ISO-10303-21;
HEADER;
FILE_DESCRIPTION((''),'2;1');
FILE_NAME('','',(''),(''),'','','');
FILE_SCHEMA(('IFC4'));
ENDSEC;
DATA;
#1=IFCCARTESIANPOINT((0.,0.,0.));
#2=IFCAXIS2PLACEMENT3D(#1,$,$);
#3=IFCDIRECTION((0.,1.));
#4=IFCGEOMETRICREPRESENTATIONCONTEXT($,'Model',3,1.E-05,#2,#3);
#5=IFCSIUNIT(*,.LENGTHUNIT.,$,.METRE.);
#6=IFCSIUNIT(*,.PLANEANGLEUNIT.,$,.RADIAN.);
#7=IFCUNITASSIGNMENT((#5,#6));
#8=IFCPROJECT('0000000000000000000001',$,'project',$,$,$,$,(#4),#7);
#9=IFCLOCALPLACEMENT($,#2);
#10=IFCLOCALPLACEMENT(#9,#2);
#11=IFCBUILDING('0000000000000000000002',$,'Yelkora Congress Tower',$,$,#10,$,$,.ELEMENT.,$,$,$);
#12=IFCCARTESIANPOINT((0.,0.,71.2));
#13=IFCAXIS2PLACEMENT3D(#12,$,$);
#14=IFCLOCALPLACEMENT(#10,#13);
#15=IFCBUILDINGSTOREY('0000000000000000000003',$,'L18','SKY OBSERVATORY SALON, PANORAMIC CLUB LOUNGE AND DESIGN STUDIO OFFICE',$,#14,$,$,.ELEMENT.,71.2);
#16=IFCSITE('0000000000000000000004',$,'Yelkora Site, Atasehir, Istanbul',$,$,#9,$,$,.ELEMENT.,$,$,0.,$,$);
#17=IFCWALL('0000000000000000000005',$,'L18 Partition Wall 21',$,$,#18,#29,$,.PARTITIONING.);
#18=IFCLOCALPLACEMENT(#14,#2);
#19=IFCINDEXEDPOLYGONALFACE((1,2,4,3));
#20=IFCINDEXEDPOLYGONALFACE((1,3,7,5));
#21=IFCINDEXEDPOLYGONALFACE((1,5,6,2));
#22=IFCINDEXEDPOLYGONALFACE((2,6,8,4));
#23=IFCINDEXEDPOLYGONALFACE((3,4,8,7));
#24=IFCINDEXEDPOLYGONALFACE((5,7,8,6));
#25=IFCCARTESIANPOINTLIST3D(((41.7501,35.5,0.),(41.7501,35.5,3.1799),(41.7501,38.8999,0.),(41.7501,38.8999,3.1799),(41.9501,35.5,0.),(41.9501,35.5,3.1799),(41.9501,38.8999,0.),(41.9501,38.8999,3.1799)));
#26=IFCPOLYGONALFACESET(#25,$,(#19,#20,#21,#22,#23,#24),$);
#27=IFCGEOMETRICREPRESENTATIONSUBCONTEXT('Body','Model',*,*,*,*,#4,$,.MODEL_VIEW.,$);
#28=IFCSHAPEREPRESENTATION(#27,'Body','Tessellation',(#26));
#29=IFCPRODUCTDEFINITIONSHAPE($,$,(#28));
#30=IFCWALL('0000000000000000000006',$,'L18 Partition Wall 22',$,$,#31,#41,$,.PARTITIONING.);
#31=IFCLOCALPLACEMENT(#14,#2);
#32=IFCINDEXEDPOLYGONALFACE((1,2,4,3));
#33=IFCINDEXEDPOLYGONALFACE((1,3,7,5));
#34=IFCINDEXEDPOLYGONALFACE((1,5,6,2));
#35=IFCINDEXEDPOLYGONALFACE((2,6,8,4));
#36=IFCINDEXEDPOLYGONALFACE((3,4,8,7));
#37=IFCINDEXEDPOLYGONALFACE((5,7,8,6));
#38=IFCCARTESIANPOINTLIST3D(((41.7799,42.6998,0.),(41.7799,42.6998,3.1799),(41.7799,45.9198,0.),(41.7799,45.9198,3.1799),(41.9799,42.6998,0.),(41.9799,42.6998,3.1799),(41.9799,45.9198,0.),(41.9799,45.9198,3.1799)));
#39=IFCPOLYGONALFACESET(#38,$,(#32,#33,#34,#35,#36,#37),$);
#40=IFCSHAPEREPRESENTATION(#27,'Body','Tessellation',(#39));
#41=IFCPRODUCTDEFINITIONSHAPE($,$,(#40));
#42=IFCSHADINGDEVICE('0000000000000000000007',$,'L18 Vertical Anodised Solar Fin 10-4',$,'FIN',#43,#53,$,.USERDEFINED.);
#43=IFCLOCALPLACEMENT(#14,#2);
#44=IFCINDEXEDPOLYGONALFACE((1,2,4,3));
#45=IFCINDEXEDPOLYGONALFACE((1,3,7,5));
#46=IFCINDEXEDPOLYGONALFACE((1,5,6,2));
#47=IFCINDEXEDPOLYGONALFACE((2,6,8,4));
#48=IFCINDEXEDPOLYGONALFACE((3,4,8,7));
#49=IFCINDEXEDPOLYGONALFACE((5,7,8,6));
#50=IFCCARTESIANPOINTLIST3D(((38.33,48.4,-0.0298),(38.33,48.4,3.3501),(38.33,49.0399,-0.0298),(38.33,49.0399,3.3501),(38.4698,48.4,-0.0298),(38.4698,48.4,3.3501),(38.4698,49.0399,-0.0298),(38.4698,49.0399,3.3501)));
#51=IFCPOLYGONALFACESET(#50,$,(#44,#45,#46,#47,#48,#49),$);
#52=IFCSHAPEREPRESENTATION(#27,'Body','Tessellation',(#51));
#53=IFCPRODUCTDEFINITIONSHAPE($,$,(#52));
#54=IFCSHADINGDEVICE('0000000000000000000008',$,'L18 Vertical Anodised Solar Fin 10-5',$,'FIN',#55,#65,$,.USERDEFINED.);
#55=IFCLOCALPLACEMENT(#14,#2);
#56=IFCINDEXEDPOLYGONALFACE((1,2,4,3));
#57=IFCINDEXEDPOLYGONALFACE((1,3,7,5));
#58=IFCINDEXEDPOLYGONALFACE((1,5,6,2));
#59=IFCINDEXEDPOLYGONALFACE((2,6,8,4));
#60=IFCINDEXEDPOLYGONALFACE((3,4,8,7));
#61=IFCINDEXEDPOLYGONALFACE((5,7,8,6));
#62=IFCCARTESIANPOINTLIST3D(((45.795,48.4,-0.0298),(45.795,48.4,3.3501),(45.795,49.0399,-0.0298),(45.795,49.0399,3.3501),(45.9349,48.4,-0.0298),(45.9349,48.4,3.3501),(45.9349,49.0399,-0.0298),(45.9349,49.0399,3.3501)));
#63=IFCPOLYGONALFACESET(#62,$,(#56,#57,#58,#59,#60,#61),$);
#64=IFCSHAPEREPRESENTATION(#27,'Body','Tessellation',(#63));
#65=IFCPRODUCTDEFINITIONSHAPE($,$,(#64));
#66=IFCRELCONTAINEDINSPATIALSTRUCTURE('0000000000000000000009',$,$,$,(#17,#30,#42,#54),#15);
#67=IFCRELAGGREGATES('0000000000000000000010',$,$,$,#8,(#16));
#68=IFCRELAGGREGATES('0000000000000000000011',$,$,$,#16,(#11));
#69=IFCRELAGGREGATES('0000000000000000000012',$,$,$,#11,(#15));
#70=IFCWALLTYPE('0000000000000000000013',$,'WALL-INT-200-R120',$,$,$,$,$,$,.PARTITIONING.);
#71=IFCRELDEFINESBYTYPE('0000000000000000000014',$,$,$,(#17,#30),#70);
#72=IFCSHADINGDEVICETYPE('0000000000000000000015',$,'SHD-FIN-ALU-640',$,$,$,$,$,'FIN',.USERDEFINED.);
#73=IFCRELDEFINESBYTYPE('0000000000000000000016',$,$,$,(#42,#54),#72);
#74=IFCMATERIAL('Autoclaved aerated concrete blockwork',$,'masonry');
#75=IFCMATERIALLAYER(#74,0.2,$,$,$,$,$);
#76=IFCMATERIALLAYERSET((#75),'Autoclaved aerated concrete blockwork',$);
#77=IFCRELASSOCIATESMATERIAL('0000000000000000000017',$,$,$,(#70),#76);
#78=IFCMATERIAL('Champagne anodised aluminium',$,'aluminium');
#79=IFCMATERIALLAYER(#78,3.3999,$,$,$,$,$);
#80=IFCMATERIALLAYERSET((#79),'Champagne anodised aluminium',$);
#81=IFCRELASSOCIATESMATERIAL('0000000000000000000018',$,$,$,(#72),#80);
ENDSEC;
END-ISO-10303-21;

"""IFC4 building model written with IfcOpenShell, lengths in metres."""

from ifc_helpers import new_model, si_unit, direction, frame, frame_2d, origin, origin_2d, place, context, subcontext, project, spatial, rectangle, extrude, material, layer, layer_set, type_object, element, save


model = new_model("IFC4")

# Units and contexts
model_context = context("Model", 3, precision=1e-05, world=origin(), true_north=direction((0.0, 1.0)))
body_context = subcontext(model_context, "Body", "Model", "MODEL_VIEW")
ifc_project = project(units=[si_unit("LENGTHUNIT", "METRE"), si_unit("PLANEANGLEUNIT", "RADIAN")], contexts=[model_context])

# Site, building, storey
site_placement = place(None, origin())
site = spatial("IfcSite", under=ifc_project, at=site_placement, Name="Yelkora Site, Atasehir, Istanbul", CompositionType="ELEMENT", RefElevation=0.0)
building_placement = place(site_placement, origin())
building = spatial("IfcBuilding", under=site, at=building_placement, Name="Yelkora Congress Tower", CompositionType="ELEMENT")
storey_placement = place(building_placement, frame((0.0, 0.0, 71.2)))
storey = spatial("IfcBuildingStorey", under=building, at=storey_placement, Name="L18", Description="SKY OBSERVATORY SALON, PANORAMIC CLUB LOUNGE AND DESIGN STUDIO OFFICE", CompositionType="ELEMENT", Elevation=71.2)

# Walls
ifc_material_1 = material(Name="Autoclaved aerated concrete blockwork", Category="masonry")
ifc_layer_1 = layer(ifc_material_1, 0.2)
ifc_layer_set_1 = layer_set([ifc_layer_1], Name="Autoclaved aerated concrete blockwork")
wall_type_1 = type_object("IfcWallType", Name="WALL-INT-200-R120", PredefinedType="PARTITIONING", material=ifc_layer_set_1)
wall_1_placement = place(storey_placement, frame((41.8501, 35.5, 0.0), z_axis=(0.0, 0.0, 1.0), x_axis=(0.0, 1.0, 0.0)))
element("IfcWall", 1, at=wall_1_placement, inside=storey, type_object=wall_type_1, Name="L18 Partition Wall 21", PredefinedType="PARTITIONING", context=body_context, shape_type="SweptSolid", body=[
    extrude(rectangle(XDim=3.3999, YDim=0.2, at=frame_2d((1.7, 0.0))), origin(), (0.0, 0.0, 1.0), 3.1799),
])
wall_2_placement = place(storey_placement, frame((41.8799, 42.7, 0.0), z_axis=(0.0, 0.0, 1.0), x_axis=(0.0, 1.0, 0.0)))
element("IfcWall", 2, at=wall_2_placement, inside=storey, type_object=wall_type_1, Name="L18 Partition Wall 22", PredefinedType="PARTITIONING", context=body_context, shape_type="SweptSolid", body=[
    extrude(rectangle(XDim=3.22, YDim=0.2, at=frame_2d((1.6099, 0.0))), origin(), (0.0, 0.0, 1.0), 3.1799),
])

# Shading devices
ifc_material_2 = material(Name="Champagne anodised aluminium", Category="aluminium")
ifc_layer_2 = layer(ifc_material_2, 3.3999)
ifc_layer_set_2 = layer_set([ifc_layer_2], Name="Champagne anodised aluminium")
shading_device_type = type_object("IfcShadingDeviceType", Name="SHD-FIN-ALU-640", ElementType="FIN", PredefinedType="USERDEFINED", material=ifc_layer_set_2)
for number, where, z_axis, x_axis, name in (
    (3, (38.3999, 48.72, -0.0298), (0.0, 0.0, 1.0), (1.0, 0.0, 0.0), "L18 Vertical Anodised Solar Fin 10-4"),
    (4, (45.865, 48.72, -0.0298), (0.0, 0.0, 1.0), (1.0, 0.0, 0.0), "L18 Vertical Anodised Solar Fin 10-5"),
):
    element("IfcShadingDevice", number, at=place(storey_placement, frame(where, z_axis=z_axis, x_axis=x_axis)), inside=storey, type_object=shading_device_type, Name=name, ObjectType="FIN", PredefinedType="USERDEFINED", context=body_context, shape_type="SweptSolid", body=[
        extrude(rectangle(XDim=0.1399, YDim=0.6399, at=origin_2d()), origin(), (0.0, 0.0, 1.0), 3.3799),
    ])

save(model, "model.ifc")
